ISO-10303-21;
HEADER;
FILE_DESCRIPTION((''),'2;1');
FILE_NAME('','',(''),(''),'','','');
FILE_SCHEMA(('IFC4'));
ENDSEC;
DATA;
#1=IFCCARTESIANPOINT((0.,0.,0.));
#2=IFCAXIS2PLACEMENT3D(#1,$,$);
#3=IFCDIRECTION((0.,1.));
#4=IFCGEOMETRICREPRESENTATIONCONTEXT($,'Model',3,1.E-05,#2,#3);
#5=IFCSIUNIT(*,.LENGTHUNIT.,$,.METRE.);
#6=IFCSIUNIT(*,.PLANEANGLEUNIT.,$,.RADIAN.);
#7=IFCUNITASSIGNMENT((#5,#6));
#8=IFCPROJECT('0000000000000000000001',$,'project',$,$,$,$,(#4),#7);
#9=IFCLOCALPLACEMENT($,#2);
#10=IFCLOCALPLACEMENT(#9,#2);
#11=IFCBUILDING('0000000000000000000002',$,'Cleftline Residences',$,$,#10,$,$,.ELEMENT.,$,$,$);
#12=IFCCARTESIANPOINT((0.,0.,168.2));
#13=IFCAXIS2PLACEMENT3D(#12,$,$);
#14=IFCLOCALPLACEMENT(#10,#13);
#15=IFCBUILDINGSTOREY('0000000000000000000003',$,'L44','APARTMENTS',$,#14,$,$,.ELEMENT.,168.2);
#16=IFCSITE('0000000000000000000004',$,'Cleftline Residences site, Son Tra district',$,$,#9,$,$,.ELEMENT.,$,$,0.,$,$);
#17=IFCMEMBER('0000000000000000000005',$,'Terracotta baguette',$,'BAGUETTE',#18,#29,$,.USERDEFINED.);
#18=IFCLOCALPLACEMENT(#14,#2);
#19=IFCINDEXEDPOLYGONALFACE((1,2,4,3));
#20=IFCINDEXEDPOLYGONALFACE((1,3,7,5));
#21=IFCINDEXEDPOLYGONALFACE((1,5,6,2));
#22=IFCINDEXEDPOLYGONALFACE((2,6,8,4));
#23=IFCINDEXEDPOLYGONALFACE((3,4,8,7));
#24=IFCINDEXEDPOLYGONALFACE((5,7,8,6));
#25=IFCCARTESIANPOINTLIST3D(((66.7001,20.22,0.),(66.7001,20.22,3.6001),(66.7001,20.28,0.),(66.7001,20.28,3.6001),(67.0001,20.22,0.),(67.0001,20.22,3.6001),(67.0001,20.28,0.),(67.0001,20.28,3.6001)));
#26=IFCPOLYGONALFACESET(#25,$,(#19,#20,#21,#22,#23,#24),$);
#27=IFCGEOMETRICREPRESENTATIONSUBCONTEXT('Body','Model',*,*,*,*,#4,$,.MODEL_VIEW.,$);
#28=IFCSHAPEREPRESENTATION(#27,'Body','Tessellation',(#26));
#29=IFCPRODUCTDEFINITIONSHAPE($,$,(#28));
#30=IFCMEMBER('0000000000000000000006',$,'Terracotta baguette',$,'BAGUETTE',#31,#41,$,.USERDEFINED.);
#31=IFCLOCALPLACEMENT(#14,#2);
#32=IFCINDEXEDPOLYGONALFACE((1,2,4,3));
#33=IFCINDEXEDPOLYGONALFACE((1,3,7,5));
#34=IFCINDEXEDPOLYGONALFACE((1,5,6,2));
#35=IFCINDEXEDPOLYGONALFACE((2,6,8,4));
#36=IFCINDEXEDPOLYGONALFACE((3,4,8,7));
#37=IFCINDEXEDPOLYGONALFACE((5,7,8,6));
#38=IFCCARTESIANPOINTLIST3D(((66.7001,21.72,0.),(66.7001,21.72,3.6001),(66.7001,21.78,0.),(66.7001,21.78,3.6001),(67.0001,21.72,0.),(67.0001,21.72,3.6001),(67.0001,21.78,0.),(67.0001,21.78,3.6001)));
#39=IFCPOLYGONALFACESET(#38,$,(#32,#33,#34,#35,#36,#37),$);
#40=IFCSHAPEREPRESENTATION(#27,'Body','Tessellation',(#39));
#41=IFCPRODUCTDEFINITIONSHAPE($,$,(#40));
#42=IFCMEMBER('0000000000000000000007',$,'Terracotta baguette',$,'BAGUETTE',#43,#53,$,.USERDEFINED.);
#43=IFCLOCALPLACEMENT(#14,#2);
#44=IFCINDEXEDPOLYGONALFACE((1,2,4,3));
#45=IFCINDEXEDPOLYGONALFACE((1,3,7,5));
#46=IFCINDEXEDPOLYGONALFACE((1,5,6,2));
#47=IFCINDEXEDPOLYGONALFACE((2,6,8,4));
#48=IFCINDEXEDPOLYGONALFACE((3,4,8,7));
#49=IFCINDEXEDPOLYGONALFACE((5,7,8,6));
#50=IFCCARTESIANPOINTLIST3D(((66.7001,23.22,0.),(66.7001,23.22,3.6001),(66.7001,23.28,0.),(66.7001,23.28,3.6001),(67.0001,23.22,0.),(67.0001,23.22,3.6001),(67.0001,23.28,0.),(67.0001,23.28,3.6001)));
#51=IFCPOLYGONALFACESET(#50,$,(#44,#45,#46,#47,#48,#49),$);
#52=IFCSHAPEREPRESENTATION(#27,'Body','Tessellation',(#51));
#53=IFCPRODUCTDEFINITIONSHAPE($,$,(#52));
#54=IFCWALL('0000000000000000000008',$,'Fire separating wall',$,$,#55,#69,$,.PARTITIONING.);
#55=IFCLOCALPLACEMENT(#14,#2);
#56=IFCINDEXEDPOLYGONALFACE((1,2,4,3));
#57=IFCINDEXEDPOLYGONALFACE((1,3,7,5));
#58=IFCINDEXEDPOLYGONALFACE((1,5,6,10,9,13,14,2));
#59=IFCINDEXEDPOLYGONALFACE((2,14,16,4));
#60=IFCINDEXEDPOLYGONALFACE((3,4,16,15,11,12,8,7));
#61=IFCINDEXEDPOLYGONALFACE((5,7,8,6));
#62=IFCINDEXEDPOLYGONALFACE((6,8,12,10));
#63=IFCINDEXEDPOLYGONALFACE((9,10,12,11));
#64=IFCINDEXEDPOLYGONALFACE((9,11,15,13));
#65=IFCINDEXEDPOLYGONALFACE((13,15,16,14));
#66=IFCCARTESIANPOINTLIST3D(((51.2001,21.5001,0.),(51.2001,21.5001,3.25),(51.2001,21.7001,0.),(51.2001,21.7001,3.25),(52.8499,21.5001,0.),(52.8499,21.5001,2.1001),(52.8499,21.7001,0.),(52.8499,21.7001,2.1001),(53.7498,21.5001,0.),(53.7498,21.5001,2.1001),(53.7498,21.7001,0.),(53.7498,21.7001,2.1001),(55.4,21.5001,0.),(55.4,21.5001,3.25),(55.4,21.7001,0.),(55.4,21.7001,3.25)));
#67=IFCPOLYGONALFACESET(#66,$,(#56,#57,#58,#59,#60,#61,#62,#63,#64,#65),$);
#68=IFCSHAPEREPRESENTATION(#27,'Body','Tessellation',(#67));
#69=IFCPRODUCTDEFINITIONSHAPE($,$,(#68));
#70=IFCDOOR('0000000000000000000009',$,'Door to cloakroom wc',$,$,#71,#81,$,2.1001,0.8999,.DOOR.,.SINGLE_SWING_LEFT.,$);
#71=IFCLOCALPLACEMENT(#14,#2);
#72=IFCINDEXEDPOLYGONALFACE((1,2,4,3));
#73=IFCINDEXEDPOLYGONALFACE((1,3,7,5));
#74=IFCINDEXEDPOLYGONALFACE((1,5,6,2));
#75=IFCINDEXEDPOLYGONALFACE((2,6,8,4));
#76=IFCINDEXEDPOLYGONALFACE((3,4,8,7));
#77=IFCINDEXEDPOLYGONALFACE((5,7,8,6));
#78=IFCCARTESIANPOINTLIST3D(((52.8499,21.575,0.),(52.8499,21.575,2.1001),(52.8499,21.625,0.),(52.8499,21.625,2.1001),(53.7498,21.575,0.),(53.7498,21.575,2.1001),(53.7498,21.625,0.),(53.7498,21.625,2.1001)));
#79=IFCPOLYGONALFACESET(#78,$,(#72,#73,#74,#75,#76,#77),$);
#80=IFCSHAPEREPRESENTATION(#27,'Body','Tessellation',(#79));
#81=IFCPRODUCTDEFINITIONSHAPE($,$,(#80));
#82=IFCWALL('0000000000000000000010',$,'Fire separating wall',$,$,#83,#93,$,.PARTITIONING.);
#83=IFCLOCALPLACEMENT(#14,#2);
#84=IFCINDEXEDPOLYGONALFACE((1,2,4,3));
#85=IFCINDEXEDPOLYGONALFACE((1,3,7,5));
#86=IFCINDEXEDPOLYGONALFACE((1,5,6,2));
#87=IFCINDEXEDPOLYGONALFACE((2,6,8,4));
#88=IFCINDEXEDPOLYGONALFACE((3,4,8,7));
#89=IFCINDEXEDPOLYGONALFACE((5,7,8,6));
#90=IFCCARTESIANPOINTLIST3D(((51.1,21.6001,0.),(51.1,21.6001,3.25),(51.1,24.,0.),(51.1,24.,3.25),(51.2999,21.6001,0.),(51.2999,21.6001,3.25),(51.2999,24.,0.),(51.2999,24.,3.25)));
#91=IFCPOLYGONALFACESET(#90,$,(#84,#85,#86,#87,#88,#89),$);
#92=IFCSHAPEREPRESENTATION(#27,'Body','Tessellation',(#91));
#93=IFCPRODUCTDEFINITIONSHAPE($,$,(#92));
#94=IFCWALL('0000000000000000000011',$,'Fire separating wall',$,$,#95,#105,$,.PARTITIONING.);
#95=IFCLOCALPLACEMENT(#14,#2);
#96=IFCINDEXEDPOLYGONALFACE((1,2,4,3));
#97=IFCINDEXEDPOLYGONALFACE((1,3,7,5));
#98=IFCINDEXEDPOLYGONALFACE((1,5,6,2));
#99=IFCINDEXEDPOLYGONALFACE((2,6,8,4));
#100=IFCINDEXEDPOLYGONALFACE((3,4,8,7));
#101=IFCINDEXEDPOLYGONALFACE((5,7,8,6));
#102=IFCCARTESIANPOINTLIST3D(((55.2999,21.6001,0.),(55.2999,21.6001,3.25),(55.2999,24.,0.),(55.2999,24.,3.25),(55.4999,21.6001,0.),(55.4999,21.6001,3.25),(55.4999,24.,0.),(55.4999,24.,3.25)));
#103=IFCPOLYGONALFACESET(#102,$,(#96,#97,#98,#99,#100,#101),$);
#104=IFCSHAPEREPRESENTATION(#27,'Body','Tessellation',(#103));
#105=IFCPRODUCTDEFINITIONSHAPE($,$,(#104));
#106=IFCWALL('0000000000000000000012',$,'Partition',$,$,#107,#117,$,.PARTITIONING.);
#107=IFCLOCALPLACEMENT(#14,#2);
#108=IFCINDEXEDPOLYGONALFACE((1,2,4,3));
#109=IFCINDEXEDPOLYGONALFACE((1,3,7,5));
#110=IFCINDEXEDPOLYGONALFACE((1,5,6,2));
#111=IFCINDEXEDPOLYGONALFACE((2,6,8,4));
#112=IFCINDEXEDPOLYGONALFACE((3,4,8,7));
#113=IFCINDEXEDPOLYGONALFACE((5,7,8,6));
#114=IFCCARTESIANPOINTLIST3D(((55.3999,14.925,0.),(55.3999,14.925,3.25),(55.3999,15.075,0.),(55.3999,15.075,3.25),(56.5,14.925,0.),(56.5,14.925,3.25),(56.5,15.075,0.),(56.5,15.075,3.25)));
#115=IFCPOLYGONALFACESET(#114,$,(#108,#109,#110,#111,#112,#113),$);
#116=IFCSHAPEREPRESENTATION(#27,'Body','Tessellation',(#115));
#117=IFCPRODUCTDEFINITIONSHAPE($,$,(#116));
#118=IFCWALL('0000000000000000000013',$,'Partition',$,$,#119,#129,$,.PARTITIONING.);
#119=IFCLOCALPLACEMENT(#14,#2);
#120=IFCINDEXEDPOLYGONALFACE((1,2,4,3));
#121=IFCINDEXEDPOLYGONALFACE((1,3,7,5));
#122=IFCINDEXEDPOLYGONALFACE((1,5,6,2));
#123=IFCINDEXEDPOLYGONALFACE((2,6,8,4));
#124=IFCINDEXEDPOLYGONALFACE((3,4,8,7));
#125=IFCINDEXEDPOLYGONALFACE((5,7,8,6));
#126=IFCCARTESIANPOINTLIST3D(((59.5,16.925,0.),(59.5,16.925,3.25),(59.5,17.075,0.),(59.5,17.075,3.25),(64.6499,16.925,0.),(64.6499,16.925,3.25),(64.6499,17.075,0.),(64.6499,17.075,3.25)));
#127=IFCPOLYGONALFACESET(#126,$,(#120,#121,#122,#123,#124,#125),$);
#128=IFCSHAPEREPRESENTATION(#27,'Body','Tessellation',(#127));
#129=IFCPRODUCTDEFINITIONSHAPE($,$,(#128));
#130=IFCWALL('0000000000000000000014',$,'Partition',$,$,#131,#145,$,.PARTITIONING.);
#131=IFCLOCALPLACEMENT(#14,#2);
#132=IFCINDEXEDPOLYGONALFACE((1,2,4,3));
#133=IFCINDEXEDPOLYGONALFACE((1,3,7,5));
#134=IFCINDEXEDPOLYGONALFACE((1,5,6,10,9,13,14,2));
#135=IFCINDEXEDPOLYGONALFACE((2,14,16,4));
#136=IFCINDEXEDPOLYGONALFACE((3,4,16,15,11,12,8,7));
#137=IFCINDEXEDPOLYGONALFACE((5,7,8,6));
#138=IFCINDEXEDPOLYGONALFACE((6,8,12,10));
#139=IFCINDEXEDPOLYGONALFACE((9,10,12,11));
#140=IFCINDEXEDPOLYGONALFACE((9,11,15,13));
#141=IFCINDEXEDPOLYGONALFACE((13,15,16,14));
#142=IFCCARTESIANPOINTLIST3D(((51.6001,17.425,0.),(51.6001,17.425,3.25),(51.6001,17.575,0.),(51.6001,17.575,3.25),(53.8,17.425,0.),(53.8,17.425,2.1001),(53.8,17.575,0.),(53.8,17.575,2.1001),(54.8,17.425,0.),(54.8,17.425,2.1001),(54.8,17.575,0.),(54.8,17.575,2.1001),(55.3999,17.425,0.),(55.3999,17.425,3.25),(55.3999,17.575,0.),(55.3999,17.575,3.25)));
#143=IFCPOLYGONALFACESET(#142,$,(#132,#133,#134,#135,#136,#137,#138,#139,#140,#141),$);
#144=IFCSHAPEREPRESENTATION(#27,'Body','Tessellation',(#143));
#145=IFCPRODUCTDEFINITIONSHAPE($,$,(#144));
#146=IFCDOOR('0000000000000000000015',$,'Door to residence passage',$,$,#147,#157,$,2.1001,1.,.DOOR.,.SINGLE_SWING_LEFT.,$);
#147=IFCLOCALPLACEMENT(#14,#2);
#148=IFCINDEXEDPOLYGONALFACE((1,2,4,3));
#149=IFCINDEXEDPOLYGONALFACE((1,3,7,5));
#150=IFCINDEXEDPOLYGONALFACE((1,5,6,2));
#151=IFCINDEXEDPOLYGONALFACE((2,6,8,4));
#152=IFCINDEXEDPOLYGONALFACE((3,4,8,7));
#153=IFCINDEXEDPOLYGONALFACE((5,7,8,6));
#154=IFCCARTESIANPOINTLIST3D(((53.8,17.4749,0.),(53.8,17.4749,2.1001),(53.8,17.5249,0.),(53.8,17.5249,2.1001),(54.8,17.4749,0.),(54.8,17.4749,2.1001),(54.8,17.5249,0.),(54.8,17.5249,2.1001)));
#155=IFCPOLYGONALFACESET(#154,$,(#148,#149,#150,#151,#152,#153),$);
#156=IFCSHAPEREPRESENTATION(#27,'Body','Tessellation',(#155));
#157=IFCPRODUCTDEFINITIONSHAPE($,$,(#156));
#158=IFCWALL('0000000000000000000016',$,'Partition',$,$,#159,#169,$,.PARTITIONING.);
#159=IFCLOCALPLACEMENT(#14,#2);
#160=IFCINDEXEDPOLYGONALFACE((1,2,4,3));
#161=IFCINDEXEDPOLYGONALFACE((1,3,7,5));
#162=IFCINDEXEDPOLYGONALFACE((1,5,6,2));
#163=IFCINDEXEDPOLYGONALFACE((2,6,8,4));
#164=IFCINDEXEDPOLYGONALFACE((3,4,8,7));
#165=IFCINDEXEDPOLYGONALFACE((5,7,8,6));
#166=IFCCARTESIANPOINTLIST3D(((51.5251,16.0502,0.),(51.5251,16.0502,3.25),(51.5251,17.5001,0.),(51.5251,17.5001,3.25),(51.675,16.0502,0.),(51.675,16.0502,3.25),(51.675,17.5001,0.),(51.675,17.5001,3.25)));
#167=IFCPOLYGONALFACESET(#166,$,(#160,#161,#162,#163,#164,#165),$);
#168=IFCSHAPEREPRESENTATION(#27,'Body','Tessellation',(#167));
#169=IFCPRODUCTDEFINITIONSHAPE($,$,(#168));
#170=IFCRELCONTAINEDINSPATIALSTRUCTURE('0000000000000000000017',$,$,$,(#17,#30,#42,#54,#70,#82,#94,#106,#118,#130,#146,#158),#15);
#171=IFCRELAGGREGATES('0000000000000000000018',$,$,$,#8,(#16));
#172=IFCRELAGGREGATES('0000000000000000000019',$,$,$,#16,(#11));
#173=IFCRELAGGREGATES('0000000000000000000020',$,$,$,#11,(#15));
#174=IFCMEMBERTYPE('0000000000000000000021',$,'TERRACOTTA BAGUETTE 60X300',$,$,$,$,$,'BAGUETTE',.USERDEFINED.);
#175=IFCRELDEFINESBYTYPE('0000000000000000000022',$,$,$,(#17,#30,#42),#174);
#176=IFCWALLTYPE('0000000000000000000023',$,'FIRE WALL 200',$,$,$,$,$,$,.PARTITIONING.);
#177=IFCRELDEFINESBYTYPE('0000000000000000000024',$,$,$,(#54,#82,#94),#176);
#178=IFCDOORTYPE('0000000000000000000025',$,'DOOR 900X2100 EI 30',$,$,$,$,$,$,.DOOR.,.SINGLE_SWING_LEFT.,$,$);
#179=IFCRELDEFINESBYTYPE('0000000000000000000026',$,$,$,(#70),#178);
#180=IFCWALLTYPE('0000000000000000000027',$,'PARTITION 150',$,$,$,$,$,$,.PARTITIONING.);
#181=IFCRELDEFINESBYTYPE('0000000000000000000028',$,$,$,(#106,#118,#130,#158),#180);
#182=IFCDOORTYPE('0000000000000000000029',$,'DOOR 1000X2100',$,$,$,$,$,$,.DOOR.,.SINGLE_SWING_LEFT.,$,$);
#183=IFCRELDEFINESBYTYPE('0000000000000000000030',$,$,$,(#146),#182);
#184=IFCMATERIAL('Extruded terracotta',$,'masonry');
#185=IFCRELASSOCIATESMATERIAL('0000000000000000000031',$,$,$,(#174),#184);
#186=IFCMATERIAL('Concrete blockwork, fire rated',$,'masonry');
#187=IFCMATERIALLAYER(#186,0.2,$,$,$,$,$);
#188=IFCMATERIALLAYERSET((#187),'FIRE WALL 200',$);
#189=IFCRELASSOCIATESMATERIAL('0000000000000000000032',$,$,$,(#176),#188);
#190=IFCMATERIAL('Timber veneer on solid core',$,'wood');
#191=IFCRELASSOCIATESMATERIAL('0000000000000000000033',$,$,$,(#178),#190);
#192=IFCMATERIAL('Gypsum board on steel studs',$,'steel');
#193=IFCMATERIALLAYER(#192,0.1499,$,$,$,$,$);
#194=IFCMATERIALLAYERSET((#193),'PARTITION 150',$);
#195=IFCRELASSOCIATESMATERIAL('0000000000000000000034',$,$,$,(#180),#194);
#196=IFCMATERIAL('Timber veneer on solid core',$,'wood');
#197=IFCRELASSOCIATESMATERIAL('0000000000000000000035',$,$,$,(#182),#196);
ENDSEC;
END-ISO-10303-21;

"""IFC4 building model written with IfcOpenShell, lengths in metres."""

from ifc_helpers import new_model, si_unit, direction, frame, frame_2d, origin, origin_2d, place, context, subcontext, project, spatial, rectangle, extrude, material, layer, layer_set, material_profile, profile_set, type_object, element, fill, save


model = new_model("IFC4")

# Units and contexts
model_context = context("Model", 3, precision=1e-05, world=origin(), true_north=direction((0.0, 1.0)))
body_context = subcontext(model_context, "Body", "Model", "MODEL_VIEW")
ifc_project = project(units=[si_unit("LENGTHUNIT", "METRE"), si_unit("PLANEANGLEUNIT", "RADIAN")], contexts=[model_context])

# Site, building, storey
site_placement = place(None, origin())
site = spatial("IfcSite", under=ifc_project, at=site_placement, Name="Cleftline Residences site, Son Tra district", CompositionType="ELEMENT", RefElevation=0.0)
building_placement = place(site_placement, origin())
building = spatial("IfcBuilding", under=site, at=building_placement, Name="Cleftline Residences", CompositionType="ELEMENT")
storey_placement = place(building_placement, frame((0.0, 0.0, 168.2)))
storey = spatial("IfcBuildingStorey", under=building, at=storey_placement, Name="L44", Description="APARTMENTS", CompositionType="ELEMENT", Elevation=168.2)

# Members
ifc_material_1 = material(Name="Extruded terracotta", Category="masonry")
ifc_material_profile_1 = material_profile(ifc_material_1, rectangle(XDim=0.0601, YDim=0.3, at=origin_2d()))
ifc_profile_set_1 = profile_set([ifc_material_profile_1], Name="Extruded terracotta")
member_type_1 = type_object("IfcMemberType", Name="TERRACOTTA BAGUETTE 60X300", ElementType="BAGUETTE", PredefinedType="USERDEFINED", material=ifc_profile_set_1)
for number, where, z_axis, x_axis, name in (
    (1, (66.8501, 20.25, 0.0), (0.0, 0.0, 1.0), (0.0, 1.0, 0.0), "Terracotta baguette"),
    (2, (66.8501, 21.75, 0.0), (0.0, 0.0, 1.0), (0.0, 1.0, 0.0), "Terracotta baguette"),
    (3, (66.8501, 23.25, 0.0), (0.0, 0.0, 1.0), (0.0, 1.0, 0.0), "Terracotta baguette"),
):
    element("IfcMember", number, at=place(storey_placement, frame(where, z_axis=z_axis, x_axis=x_axis)), inside=storey, type_object=member_type_1, Name=name, ObjectType="BAGUETTE", PredefinedType="USERDEFINED", context=body_context, shape_type="SweptSolid", body=[
        extrude(rectangle(XDim=0.0601, YDim=0.3, at=origin_2d()), origin(), (0.0, 0.0, 1.0), 3.6001),
    ])

# Wall, opening, door
ifc_material_2 = material(Name="Concrete blockwork, fire rated", Category="masonry")
ifc_layer_1 = layer(ifc_material_2, 0.2)
ifc_layer_set_1 = layer_set([ifc_layer_1], Name="FIRE WALL 200")
wall_type_1 = type_object("IfcWallType", Name="FIRE WALL 200", PredefinedType="PARTITIONING", material=ifc_layer_set_1)
wall_1_placement = place(storey_placement, frame((51.2, 21.6001, 0.0), z_axis=(0.0, 0.0, 1.0), x_axis=(1.0, 0.0, 0.0)))
wall_1 = element("IfcWall", 4, at=wall_1_placement, inside=storey, type_object=wall_type_1, Name="Fire separating wall", PredefinedType="PARTITIONING", context=body_context, shape_type="SweptSolid", body=[
    extrude(rectangle(XDim=4.2, YDim=0.2, at=frame_2d((2.1001, 0.0))), origin(), (0.0, 0.0, 1.0), 3.25),
])
opening_1_placement = place(wall_1_placement, frame((1.6499, 0.0, 0.0)))
opening_1 = element("IfcOpeningElement", 5, at=opening_1_placement, cuts=wall_1, PredefinedType="OPENING", context=body_context, shape_type="SweptSolid", body=[
    extrude(rectangle(XDim=0.8999, YDim=2.1001, at=frame_2d((0.45, 1.05))), frame((0.0, 0.1099, 0.0), z_axis=(0.0, -1.0, 0.0), x_axis=(1.0, 0.0, 0.0)), (0.0, 0.0, 1.0), 0.22),
])
ifc_material_3 = material(Name="Timber veneer on solid core", Category="wood")
door_type_1 = type_object("IfcDoorType", Name="DOOR 900X2100 EI 30", OperationType="SINGLE_SWING_LEFT", PredefinedType="DOOR", material=ifc_material_3)
door_1_placement = place(opening_1_placement, origin())
door_1 = element("IfcDoor", 6, at=door_1_placement, inside=storey, type_object=door_type_1, Name="Door to cloakroom wc", OperationType="SINGLE_SWING_LEFT", OverallHeight=2.1001, OverallWidth=0.8999, PredefinedType="DOOR", context=body_context, shape_type="SweptSolid", body=[
    extrude(rectangle(XDim=0.8999, YDim=2.1001, at=frame_2d((0.45, 1.05))), frame((0.0, 0.0249, 0.0), z_axis=(0.0, -1.0, 0.0), x_axis=(1.0, 0.0, 0.0)), (0.0, 0.0, 1.0), 0.05),
])
fill(opening_1, door_1)

# Walls
for number, where, z_axis, x_axis, name in (
    (7, (51.2, 21.6001, 0.0), (0.0, 0.0, 1.0), (0.0, 1.0, 0.0), "Fire separating wall"),
    (8, (55.3999, 21.6001, 0.0), (0.0, 0.0, 1.0), (0.0, 1.0, 0.0), "Fire separating wall"),
):
    element("IfcWall", number, at=place(storey_placement, frame(where, z_axis=z_axis, x_axis=x_axis)), inside=storey, type_object=wall_type_1, Name=name, PredefinedType="PARTITIONING", context=body_context, shape_type="SweptSolid", body=[
        extrude(rectangle(XDim=2.3999, YDim=0.2, at=frame_2d((1.2, 0.0))), origin(), (0.0, 0.0, 1.0), 3.25),
    ])
ifc_material_4 = material(Name="Gypsum board on steel studs", Category="steel")
ifc_layer_2 = layer(ifc_material_4, 0.1499)
ifc_layer_set_2 = layer_set([ifc_layer_2], Name="PARTITION 150")
wall_type_2 = type_object("IfcWallType", Name="PARTITION 150", PredefinedType="PARTITIONING", material=ifc_layer_set_2)
wall_2_placement = place(storey_placement, frame((55.3999, 15.0, 0.0), z_axis=(0.0, 0.0, 1.0), x_axis=(1.0, 0.0, 0.0)))
element("IfcWall", 9, at=wall_2_placement, inside=storey, type_object=wall_type_2, Name="Partition", PredefinedType="PARTITIONING", context=body_context, shape_type="SweptSolid", body=[
    extrude(rectangle(XDim=1.1001, YDim=0.1499, at=frame_2d((0.55, 0.0))), origin(), (0.0, 0.0, 1.0), 3.25),
])
wall_3_placement = place(storey_placement, frame((59.5, 17.0, 0.0), z_axis=(0.0, 0.0, 1.0), x_axis=(1.0, 0.0, 0.0)))
element("IfcWall", 10, at=wall_3_placement, inside=storey, type_object=wall_type_2, Name="Partition", PredefinedType="PARTITIONING", context=body_context, shape_type="SweptSolid", body=[
    extrude(rectangle(XDim=5.1499, YDim=0.1499, at=frame_2d((2.575, 0.0))), origin(), (0.0, 0.0, 1.0), 3.25),
])

# Wall, opening, door
wall_4_placement = place(storey_placement, frame((51.6001, 17.5, 0.0), z_axis=(0.0, 0.0, 1.0), x_axis=(1.0, 0.0, 0.0)))
wall_4 = element("IfcWall", 11, at=wall_4_placement, inside=storey, type_object=wall_type_2, Name="Partition", PredefinedType="PARTITIONING", context=body_context, shape_type="SweptSolid", body=[
    extrude(rectangle(XDim=3.7998, YDim=0.1499, at=frame_2d((1.8999, 0.0))), origin(), (0.0, 0.0, 1.0), 3.25),
])
opening_2_placement = place(wall_4_placement, frame((2.2, 0.0, 0.0)))
opening_2 = element("IfcOpeningElement", 12, at=opening_2_placement, cuts=wall_4, PredefinedType="OPENING", context=body_context, shape_type="SweptSolid", body=[
    extrude(rectangle(XDim=1.0, YDim=2.1001, at=frame_2d((0.5, 1.05))), frame((0.0, 0.085, 0.0), z_axis=(0.0, -1.0, 0.0), x_axis=(1.0, 0.0, 0.0)), (0.0, 0.0, 1.0), 0.1699),
])
ifc_material_5 = material(Name="Timber veneer on solid core", Category="wood")
door_type_2 = type_object("IfcDoorType", Name="DOOR 1000X2100", OperationType="SINGLE_SWING_LEFT", PredefinedType="DOOR", material=ifc_material_5)
door_2_placement = place(opening_2_placement, origin())
door_2 = element("IfcDoor", 13, at=door_2_placement, inside=storey, type_object=door_type_2, Name="Door to residence passage", OperationType="SINGLE_SWING_LEFT", OverallHeight=2.1001, OverallWidth=1.0, PredefinedType="DOOR", context=body_context, shape_type="SweptSolid", body=[
    extrude(rectangle(XDim=1.0, YDim=2.1001, at=frame_2d((0.5, 1.05))), frame((0.0, 0.0249, 0.0), z_axis=(0.0, -1.0, 0.0), x_axis=(1.0, 0.0, 0.0)), (0.0, 0.0, 1.0), 0.05),
])
fill(opening_2, door_2)

# Wall
wall_5_placement = place(storey_placement, frame((51.6001, 16.05, 0.0), z_axis=(0.0, 0.0, 1.0), x_axis=(0.0, 1.0, 0.0)))
element("IfcWall", 14, at=wall_5_placement, inside=storey, type_object=wall_type_2, Name="Partition", PredefinedType="PARTITIONING", context=body_context, shape_type="SweptSolid", body=[
    extrude(rectangle(XDim=1.45, YDim=0.1499, at=frame_2d((0.7251, 0.0))), origin(), (0.0, 0.0, 1.0), 3.25),
])

save(model, "model.ifc")
